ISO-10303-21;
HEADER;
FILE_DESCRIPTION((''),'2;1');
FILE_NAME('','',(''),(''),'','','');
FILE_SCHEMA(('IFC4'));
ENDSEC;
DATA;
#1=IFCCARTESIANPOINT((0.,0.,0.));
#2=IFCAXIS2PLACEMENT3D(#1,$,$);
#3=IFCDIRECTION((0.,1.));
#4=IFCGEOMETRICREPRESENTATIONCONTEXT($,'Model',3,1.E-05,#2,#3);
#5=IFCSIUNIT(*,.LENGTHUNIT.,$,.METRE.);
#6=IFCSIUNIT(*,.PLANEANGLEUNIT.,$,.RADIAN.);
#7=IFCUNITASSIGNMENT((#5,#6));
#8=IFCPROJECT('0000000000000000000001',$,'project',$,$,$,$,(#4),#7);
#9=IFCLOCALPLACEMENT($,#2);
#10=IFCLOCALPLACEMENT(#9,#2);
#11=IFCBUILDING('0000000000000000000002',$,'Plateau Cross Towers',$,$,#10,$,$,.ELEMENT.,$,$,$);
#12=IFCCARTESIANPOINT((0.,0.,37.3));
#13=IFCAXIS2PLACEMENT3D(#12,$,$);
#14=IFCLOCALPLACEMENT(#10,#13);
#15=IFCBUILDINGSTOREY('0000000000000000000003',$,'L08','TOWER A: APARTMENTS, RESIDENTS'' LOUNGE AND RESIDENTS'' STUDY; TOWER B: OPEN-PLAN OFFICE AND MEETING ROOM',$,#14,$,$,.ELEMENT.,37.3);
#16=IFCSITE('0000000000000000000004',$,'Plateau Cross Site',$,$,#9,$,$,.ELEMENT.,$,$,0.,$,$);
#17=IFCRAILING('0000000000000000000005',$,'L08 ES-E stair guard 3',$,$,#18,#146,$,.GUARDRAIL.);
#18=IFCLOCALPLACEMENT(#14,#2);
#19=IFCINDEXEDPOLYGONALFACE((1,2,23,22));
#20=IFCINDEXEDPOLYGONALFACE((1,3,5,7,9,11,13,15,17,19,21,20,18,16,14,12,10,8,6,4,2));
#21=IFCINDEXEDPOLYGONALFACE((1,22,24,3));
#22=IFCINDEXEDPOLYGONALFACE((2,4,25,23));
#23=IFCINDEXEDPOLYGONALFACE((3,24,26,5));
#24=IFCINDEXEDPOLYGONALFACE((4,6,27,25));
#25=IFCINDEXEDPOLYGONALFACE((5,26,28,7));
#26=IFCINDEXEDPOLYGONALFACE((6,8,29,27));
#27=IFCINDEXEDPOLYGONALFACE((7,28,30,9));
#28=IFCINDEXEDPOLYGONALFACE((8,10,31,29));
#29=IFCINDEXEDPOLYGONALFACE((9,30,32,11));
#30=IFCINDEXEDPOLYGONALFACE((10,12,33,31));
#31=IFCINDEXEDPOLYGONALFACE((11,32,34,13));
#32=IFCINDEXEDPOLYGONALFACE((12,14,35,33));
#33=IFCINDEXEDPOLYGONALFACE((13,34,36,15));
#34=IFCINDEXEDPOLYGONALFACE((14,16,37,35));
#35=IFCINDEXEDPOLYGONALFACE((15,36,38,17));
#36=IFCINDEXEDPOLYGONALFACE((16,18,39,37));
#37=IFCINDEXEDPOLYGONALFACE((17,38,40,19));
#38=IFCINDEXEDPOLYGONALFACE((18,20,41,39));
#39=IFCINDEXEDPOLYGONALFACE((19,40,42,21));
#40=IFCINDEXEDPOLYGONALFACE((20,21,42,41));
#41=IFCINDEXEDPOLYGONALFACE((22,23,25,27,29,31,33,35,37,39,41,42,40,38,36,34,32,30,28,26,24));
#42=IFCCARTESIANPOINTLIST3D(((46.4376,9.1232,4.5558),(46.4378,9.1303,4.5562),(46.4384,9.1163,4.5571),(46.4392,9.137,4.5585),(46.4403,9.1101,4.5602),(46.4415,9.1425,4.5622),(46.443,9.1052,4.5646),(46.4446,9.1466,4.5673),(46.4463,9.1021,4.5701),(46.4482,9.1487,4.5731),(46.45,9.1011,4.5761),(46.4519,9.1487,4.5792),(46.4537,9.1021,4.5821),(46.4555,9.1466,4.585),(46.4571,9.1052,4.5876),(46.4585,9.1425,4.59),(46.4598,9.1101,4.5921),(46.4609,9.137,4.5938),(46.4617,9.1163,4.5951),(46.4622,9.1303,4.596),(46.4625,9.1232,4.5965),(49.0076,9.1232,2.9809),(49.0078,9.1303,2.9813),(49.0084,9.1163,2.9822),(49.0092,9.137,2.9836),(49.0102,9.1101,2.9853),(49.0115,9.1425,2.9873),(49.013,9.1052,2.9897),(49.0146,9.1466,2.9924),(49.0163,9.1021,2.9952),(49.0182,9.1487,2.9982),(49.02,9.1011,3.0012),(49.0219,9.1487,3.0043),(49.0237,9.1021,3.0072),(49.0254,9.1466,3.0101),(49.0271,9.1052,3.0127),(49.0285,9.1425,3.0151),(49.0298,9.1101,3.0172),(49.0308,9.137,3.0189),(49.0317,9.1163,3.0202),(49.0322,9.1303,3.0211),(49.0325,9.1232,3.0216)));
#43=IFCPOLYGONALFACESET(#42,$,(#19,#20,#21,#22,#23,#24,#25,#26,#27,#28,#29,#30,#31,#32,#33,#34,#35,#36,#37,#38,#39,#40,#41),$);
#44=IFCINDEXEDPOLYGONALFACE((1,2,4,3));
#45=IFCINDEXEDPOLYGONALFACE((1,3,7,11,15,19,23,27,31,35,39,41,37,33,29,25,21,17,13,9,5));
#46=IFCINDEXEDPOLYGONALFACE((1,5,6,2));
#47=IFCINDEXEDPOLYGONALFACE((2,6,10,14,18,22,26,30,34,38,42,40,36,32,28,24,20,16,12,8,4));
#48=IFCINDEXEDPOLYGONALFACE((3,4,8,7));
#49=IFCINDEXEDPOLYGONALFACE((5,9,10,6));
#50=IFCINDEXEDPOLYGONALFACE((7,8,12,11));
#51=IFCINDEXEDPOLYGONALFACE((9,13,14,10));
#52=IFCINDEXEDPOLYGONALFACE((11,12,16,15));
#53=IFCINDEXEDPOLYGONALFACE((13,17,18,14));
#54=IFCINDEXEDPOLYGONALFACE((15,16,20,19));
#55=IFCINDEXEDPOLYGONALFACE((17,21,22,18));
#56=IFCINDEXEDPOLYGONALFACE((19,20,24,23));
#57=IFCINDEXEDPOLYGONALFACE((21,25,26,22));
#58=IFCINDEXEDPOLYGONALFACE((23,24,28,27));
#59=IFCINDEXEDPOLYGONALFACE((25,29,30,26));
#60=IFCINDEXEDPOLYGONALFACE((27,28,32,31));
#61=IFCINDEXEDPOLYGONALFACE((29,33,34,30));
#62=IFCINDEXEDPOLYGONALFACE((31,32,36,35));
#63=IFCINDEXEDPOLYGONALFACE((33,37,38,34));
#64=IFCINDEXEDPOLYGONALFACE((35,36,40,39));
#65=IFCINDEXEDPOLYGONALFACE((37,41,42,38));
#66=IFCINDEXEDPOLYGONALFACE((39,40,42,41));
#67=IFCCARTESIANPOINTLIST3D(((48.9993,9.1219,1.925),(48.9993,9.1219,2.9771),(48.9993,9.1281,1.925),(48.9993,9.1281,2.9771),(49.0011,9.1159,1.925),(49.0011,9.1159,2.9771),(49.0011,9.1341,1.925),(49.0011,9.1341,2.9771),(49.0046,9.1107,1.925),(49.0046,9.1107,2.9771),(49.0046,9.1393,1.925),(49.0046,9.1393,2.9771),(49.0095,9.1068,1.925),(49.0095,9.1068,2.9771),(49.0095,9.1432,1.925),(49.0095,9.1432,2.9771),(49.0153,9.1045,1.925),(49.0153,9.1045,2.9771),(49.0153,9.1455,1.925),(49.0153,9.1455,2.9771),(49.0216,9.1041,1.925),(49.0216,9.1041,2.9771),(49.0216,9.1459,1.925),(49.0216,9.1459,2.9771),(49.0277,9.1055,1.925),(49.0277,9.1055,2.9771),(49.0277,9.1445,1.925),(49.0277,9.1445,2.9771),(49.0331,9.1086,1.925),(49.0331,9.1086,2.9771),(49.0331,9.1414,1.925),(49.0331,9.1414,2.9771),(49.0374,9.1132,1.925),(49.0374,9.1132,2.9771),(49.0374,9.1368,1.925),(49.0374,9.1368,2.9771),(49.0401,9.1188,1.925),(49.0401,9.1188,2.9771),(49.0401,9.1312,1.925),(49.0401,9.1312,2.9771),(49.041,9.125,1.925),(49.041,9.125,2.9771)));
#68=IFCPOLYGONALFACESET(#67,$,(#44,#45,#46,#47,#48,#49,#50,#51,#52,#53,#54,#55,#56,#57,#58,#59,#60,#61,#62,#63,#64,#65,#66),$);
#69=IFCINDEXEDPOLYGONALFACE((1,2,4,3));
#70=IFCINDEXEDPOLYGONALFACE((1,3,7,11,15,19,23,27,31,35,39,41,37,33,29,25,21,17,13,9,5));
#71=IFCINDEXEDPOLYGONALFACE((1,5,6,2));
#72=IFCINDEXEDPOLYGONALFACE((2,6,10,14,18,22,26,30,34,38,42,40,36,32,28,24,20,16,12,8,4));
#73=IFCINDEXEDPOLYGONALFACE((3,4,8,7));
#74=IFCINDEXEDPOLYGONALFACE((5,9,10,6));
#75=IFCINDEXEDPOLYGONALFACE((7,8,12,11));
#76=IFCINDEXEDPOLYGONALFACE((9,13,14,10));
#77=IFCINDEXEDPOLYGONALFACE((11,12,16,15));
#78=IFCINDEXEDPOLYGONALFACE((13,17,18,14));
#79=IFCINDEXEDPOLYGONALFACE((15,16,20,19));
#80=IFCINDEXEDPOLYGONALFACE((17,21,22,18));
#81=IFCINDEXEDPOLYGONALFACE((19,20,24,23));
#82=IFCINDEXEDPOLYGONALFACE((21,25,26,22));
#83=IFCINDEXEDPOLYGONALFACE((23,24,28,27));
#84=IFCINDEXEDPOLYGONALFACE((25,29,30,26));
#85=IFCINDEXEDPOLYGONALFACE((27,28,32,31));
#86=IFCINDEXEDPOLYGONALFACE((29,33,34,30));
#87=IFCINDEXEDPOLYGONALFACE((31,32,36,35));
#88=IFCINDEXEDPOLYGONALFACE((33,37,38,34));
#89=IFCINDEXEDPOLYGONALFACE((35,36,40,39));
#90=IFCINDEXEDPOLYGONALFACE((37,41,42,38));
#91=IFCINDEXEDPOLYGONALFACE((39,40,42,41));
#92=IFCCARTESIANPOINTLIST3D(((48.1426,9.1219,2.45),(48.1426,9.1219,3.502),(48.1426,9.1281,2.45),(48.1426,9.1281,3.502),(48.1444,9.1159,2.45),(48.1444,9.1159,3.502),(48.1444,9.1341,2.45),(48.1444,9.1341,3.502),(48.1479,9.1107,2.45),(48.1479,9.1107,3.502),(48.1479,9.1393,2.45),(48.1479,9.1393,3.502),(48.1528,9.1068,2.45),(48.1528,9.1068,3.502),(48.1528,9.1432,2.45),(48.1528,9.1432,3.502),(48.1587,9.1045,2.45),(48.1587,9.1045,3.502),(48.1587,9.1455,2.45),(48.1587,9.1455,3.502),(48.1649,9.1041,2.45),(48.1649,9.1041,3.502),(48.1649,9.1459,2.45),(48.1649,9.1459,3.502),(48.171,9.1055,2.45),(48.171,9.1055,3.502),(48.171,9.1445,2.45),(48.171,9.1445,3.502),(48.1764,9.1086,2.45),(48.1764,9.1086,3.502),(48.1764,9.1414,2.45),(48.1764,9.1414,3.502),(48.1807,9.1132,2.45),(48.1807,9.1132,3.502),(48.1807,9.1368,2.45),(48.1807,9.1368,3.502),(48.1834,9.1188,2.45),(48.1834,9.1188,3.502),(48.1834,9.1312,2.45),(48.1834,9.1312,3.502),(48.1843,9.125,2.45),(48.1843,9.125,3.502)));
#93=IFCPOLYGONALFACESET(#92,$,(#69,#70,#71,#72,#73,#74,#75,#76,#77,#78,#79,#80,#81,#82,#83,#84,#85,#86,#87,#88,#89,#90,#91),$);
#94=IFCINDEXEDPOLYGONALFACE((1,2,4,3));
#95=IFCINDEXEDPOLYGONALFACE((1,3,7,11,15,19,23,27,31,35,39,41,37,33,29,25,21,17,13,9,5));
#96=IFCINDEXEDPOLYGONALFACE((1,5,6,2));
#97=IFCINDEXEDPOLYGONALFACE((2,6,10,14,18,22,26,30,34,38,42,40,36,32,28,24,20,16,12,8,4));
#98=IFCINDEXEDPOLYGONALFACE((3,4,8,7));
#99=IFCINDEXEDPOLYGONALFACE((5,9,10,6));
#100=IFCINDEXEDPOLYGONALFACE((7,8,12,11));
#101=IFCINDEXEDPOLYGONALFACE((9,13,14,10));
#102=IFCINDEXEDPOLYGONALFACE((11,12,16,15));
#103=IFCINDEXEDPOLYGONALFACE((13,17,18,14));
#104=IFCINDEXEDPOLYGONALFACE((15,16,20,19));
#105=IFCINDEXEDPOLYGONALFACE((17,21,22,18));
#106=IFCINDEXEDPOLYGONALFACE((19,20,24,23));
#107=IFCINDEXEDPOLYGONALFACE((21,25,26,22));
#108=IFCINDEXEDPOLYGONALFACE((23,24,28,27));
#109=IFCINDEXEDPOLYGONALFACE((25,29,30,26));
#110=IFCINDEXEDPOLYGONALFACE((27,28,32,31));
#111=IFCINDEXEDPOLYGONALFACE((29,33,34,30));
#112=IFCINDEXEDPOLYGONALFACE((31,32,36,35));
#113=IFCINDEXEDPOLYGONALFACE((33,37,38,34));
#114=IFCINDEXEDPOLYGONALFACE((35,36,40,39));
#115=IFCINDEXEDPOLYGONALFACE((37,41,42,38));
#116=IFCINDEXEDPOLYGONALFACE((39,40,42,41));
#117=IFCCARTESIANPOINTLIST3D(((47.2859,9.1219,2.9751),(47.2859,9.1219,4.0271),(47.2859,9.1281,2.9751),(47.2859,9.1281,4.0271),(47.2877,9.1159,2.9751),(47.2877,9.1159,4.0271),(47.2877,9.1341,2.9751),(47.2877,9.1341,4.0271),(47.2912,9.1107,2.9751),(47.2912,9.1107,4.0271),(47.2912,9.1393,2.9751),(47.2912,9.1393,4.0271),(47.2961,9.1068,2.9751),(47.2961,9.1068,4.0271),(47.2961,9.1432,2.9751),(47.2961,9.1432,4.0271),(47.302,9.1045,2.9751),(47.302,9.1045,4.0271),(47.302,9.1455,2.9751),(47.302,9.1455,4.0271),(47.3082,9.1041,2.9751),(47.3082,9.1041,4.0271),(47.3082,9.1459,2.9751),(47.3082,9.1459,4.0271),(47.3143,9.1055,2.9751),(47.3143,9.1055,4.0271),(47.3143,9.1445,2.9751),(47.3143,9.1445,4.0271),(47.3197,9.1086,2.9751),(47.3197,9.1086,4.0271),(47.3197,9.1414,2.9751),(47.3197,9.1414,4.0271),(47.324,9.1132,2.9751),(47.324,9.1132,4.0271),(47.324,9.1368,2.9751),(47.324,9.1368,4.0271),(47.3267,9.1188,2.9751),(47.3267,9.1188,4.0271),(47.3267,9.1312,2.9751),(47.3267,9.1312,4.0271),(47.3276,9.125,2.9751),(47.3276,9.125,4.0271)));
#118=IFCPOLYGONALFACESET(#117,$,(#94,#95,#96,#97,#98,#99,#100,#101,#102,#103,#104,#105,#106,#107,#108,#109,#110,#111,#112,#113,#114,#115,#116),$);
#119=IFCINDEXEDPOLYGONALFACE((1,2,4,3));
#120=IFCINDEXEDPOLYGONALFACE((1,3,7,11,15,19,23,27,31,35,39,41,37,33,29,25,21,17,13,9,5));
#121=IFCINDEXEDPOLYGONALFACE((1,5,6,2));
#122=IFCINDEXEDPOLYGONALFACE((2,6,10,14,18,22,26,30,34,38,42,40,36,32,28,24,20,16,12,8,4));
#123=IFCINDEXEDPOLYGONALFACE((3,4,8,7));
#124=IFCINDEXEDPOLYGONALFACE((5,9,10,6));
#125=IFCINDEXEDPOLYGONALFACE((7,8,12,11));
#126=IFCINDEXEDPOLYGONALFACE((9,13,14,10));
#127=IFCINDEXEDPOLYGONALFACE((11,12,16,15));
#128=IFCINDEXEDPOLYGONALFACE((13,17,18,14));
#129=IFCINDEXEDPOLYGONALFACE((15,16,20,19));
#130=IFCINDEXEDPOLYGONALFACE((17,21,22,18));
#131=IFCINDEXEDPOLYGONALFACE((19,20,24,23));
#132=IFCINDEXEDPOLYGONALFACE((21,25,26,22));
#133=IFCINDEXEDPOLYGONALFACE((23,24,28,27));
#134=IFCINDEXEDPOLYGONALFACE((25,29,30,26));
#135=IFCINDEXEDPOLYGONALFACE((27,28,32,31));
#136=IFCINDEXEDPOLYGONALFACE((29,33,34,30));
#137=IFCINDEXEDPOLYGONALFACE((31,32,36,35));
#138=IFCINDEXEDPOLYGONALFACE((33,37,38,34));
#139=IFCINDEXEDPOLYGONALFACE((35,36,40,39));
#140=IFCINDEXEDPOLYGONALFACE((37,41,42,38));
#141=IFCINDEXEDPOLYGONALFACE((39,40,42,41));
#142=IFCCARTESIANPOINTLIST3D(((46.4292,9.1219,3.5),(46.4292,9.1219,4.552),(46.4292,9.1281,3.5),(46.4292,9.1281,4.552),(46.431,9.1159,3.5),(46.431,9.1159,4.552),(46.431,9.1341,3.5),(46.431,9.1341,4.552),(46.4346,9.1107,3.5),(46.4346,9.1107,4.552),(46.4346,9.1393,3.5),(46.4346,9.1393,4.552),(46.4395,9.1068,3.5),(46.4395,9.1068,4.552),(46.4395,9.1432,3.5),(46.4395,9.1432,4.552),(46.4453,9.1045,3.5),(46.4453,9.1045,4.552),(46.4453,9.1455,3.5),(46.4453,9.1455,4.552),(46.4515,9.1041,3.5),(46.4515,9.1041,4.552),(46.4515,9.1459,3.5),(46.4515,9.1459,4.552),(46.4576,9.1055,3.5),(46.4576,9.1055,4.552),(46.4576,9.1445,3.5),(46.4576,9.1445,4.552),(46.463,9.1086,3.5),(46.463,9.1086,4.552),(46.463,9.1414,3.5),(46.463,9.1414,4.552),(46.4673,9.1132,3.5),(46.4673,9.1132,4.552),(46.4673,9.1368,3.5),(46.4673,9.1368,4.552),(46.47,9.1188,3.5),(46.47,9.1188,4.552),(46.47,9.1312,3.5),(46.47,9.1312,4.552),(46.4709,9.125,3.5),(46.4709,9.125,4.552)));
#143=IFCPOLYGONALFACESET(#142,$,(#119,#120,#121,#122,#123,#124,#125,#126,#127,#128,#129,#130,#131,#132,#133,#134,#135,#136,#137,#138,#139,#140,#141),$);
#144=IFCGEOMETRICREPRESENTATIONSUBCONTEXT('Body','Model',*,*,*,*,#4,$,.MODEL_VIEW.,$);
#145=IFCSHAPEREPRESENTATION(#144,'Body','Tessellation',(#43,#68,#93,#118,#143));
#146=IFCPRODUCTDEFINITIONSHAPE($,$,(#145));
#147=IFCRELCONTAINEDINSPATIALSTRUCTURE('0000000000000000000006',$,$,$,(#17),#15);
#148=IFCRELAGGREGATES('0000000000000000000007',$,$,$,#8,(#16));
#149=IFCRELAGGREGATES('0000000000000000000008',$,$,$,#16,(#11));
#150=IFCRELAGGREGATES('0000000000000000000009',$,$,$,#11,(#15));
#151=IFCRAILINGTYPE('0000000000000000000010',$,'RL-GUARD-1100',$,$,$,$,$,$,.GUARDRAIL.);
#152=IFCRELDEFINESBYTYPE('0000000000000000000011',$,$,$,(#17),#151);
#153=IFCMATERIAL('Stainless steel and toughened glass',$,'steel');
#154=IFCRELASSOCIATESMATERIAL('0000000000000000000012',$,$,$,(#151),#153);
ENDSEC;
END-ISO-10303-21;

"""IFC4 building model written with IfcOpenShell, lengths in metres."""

from ifc_helpers import new_model, si_unit, direction, frame, origin, origin_2d, place, context, subcontext, project, spatial, circle, extrude, material, type_object, element, save


model = new_model("IFC4")

# Units and contexts
model_context = context("Model", 3, precision=1e-05, world=origin(), true_north=direction((0.0, 1.0)))
body_context = subcontext(model_context, "Body", "Model", "MODEL_VIEW")
ifc_project = project(units=[si_unit("LENGTHUNIT", "METRE"), si_unit("PLANEANGLEUNIT", "RADIAN")], contexts=[model_context])

# Site, building, storey
site_placement = place(None, origin())
site = spatial("IfcSite", under=ifc_project, at=site_placement, Name="Plateau Cross Site", CompositionType="ELEMENT", RefElevation=0.0)
building_placement = place(site_placement, origin())
building = spatial("IfcBuilding", under=site, at=building_placement, Name="Plateau Cross Towers", CompositionType="ELEMENT")
storey_placement = place(building_placement, frame((0.0, 0.0, 37.3)))
storey = spatial("IfcBuildingStorey", under=building, at=storey_placement, Name="L08", Description="TOWER A: APARTMENTS, RESIDENTS' LOUNGE AND RESIDENTS' STUDY; TOWER B: OPEN-PLAN OFFICE AND MEETING ROOM", CompositionType="ELEMENT", Elevation=37.3)

# Railing
ifc_material_1 = material(Name="Stainless steel and toughened glass", Category="steel")
railing_type_1 = type_object("IfcRailingType", Name="RL-GUARD-1100", PredefinedType="GUARDRAIL", material=ifc_material_1)
railing_1_placement = place(storey_placement, frame((49.02, 9.125, 1.925)))
element("IfcRailing", 1, at=railing_1_placement, inside=storey, type_object=railing_type_1, Name="L08 ES-E stair guard 3", PredefinedType="GUARDRAIL", context=body_context, shape_type="SweptSolid", body=[
    extrude(circle(Radius=0.0239, at=origin_2d()), frame((0.0, 0.0, 1.0762), z_axis=(-0.852639, 0.0, 0.522501), x_axis=(0.0, -1.0, 0.0)), (0.0, 0.0, 1.0), 3.0142),
    extrude(circle(Radius=0.021, at=origin_2d()), origin(), (0.0, 0.0, 1.0), 1.052),
    extrude(circle(Radius=0.021, at=origin_2d()), frame((-0.8567, 0.0, 0.5249)), (0.0, 0.0, 1.0), 1.052),
    extrude(circle(Radius=0.021, at=origin_2d()), frame((-1.7134, 0.0, 1.05)), (0.0, 0.0, 1.0), 1.052),
    extrude(circle(Radius=0.021, at=origin_2d()), frame((-2.5701, 0.0, 1.575)), (0.0, 0.0, 1.0), 1.052),
])

save(model, "model.ifc")
